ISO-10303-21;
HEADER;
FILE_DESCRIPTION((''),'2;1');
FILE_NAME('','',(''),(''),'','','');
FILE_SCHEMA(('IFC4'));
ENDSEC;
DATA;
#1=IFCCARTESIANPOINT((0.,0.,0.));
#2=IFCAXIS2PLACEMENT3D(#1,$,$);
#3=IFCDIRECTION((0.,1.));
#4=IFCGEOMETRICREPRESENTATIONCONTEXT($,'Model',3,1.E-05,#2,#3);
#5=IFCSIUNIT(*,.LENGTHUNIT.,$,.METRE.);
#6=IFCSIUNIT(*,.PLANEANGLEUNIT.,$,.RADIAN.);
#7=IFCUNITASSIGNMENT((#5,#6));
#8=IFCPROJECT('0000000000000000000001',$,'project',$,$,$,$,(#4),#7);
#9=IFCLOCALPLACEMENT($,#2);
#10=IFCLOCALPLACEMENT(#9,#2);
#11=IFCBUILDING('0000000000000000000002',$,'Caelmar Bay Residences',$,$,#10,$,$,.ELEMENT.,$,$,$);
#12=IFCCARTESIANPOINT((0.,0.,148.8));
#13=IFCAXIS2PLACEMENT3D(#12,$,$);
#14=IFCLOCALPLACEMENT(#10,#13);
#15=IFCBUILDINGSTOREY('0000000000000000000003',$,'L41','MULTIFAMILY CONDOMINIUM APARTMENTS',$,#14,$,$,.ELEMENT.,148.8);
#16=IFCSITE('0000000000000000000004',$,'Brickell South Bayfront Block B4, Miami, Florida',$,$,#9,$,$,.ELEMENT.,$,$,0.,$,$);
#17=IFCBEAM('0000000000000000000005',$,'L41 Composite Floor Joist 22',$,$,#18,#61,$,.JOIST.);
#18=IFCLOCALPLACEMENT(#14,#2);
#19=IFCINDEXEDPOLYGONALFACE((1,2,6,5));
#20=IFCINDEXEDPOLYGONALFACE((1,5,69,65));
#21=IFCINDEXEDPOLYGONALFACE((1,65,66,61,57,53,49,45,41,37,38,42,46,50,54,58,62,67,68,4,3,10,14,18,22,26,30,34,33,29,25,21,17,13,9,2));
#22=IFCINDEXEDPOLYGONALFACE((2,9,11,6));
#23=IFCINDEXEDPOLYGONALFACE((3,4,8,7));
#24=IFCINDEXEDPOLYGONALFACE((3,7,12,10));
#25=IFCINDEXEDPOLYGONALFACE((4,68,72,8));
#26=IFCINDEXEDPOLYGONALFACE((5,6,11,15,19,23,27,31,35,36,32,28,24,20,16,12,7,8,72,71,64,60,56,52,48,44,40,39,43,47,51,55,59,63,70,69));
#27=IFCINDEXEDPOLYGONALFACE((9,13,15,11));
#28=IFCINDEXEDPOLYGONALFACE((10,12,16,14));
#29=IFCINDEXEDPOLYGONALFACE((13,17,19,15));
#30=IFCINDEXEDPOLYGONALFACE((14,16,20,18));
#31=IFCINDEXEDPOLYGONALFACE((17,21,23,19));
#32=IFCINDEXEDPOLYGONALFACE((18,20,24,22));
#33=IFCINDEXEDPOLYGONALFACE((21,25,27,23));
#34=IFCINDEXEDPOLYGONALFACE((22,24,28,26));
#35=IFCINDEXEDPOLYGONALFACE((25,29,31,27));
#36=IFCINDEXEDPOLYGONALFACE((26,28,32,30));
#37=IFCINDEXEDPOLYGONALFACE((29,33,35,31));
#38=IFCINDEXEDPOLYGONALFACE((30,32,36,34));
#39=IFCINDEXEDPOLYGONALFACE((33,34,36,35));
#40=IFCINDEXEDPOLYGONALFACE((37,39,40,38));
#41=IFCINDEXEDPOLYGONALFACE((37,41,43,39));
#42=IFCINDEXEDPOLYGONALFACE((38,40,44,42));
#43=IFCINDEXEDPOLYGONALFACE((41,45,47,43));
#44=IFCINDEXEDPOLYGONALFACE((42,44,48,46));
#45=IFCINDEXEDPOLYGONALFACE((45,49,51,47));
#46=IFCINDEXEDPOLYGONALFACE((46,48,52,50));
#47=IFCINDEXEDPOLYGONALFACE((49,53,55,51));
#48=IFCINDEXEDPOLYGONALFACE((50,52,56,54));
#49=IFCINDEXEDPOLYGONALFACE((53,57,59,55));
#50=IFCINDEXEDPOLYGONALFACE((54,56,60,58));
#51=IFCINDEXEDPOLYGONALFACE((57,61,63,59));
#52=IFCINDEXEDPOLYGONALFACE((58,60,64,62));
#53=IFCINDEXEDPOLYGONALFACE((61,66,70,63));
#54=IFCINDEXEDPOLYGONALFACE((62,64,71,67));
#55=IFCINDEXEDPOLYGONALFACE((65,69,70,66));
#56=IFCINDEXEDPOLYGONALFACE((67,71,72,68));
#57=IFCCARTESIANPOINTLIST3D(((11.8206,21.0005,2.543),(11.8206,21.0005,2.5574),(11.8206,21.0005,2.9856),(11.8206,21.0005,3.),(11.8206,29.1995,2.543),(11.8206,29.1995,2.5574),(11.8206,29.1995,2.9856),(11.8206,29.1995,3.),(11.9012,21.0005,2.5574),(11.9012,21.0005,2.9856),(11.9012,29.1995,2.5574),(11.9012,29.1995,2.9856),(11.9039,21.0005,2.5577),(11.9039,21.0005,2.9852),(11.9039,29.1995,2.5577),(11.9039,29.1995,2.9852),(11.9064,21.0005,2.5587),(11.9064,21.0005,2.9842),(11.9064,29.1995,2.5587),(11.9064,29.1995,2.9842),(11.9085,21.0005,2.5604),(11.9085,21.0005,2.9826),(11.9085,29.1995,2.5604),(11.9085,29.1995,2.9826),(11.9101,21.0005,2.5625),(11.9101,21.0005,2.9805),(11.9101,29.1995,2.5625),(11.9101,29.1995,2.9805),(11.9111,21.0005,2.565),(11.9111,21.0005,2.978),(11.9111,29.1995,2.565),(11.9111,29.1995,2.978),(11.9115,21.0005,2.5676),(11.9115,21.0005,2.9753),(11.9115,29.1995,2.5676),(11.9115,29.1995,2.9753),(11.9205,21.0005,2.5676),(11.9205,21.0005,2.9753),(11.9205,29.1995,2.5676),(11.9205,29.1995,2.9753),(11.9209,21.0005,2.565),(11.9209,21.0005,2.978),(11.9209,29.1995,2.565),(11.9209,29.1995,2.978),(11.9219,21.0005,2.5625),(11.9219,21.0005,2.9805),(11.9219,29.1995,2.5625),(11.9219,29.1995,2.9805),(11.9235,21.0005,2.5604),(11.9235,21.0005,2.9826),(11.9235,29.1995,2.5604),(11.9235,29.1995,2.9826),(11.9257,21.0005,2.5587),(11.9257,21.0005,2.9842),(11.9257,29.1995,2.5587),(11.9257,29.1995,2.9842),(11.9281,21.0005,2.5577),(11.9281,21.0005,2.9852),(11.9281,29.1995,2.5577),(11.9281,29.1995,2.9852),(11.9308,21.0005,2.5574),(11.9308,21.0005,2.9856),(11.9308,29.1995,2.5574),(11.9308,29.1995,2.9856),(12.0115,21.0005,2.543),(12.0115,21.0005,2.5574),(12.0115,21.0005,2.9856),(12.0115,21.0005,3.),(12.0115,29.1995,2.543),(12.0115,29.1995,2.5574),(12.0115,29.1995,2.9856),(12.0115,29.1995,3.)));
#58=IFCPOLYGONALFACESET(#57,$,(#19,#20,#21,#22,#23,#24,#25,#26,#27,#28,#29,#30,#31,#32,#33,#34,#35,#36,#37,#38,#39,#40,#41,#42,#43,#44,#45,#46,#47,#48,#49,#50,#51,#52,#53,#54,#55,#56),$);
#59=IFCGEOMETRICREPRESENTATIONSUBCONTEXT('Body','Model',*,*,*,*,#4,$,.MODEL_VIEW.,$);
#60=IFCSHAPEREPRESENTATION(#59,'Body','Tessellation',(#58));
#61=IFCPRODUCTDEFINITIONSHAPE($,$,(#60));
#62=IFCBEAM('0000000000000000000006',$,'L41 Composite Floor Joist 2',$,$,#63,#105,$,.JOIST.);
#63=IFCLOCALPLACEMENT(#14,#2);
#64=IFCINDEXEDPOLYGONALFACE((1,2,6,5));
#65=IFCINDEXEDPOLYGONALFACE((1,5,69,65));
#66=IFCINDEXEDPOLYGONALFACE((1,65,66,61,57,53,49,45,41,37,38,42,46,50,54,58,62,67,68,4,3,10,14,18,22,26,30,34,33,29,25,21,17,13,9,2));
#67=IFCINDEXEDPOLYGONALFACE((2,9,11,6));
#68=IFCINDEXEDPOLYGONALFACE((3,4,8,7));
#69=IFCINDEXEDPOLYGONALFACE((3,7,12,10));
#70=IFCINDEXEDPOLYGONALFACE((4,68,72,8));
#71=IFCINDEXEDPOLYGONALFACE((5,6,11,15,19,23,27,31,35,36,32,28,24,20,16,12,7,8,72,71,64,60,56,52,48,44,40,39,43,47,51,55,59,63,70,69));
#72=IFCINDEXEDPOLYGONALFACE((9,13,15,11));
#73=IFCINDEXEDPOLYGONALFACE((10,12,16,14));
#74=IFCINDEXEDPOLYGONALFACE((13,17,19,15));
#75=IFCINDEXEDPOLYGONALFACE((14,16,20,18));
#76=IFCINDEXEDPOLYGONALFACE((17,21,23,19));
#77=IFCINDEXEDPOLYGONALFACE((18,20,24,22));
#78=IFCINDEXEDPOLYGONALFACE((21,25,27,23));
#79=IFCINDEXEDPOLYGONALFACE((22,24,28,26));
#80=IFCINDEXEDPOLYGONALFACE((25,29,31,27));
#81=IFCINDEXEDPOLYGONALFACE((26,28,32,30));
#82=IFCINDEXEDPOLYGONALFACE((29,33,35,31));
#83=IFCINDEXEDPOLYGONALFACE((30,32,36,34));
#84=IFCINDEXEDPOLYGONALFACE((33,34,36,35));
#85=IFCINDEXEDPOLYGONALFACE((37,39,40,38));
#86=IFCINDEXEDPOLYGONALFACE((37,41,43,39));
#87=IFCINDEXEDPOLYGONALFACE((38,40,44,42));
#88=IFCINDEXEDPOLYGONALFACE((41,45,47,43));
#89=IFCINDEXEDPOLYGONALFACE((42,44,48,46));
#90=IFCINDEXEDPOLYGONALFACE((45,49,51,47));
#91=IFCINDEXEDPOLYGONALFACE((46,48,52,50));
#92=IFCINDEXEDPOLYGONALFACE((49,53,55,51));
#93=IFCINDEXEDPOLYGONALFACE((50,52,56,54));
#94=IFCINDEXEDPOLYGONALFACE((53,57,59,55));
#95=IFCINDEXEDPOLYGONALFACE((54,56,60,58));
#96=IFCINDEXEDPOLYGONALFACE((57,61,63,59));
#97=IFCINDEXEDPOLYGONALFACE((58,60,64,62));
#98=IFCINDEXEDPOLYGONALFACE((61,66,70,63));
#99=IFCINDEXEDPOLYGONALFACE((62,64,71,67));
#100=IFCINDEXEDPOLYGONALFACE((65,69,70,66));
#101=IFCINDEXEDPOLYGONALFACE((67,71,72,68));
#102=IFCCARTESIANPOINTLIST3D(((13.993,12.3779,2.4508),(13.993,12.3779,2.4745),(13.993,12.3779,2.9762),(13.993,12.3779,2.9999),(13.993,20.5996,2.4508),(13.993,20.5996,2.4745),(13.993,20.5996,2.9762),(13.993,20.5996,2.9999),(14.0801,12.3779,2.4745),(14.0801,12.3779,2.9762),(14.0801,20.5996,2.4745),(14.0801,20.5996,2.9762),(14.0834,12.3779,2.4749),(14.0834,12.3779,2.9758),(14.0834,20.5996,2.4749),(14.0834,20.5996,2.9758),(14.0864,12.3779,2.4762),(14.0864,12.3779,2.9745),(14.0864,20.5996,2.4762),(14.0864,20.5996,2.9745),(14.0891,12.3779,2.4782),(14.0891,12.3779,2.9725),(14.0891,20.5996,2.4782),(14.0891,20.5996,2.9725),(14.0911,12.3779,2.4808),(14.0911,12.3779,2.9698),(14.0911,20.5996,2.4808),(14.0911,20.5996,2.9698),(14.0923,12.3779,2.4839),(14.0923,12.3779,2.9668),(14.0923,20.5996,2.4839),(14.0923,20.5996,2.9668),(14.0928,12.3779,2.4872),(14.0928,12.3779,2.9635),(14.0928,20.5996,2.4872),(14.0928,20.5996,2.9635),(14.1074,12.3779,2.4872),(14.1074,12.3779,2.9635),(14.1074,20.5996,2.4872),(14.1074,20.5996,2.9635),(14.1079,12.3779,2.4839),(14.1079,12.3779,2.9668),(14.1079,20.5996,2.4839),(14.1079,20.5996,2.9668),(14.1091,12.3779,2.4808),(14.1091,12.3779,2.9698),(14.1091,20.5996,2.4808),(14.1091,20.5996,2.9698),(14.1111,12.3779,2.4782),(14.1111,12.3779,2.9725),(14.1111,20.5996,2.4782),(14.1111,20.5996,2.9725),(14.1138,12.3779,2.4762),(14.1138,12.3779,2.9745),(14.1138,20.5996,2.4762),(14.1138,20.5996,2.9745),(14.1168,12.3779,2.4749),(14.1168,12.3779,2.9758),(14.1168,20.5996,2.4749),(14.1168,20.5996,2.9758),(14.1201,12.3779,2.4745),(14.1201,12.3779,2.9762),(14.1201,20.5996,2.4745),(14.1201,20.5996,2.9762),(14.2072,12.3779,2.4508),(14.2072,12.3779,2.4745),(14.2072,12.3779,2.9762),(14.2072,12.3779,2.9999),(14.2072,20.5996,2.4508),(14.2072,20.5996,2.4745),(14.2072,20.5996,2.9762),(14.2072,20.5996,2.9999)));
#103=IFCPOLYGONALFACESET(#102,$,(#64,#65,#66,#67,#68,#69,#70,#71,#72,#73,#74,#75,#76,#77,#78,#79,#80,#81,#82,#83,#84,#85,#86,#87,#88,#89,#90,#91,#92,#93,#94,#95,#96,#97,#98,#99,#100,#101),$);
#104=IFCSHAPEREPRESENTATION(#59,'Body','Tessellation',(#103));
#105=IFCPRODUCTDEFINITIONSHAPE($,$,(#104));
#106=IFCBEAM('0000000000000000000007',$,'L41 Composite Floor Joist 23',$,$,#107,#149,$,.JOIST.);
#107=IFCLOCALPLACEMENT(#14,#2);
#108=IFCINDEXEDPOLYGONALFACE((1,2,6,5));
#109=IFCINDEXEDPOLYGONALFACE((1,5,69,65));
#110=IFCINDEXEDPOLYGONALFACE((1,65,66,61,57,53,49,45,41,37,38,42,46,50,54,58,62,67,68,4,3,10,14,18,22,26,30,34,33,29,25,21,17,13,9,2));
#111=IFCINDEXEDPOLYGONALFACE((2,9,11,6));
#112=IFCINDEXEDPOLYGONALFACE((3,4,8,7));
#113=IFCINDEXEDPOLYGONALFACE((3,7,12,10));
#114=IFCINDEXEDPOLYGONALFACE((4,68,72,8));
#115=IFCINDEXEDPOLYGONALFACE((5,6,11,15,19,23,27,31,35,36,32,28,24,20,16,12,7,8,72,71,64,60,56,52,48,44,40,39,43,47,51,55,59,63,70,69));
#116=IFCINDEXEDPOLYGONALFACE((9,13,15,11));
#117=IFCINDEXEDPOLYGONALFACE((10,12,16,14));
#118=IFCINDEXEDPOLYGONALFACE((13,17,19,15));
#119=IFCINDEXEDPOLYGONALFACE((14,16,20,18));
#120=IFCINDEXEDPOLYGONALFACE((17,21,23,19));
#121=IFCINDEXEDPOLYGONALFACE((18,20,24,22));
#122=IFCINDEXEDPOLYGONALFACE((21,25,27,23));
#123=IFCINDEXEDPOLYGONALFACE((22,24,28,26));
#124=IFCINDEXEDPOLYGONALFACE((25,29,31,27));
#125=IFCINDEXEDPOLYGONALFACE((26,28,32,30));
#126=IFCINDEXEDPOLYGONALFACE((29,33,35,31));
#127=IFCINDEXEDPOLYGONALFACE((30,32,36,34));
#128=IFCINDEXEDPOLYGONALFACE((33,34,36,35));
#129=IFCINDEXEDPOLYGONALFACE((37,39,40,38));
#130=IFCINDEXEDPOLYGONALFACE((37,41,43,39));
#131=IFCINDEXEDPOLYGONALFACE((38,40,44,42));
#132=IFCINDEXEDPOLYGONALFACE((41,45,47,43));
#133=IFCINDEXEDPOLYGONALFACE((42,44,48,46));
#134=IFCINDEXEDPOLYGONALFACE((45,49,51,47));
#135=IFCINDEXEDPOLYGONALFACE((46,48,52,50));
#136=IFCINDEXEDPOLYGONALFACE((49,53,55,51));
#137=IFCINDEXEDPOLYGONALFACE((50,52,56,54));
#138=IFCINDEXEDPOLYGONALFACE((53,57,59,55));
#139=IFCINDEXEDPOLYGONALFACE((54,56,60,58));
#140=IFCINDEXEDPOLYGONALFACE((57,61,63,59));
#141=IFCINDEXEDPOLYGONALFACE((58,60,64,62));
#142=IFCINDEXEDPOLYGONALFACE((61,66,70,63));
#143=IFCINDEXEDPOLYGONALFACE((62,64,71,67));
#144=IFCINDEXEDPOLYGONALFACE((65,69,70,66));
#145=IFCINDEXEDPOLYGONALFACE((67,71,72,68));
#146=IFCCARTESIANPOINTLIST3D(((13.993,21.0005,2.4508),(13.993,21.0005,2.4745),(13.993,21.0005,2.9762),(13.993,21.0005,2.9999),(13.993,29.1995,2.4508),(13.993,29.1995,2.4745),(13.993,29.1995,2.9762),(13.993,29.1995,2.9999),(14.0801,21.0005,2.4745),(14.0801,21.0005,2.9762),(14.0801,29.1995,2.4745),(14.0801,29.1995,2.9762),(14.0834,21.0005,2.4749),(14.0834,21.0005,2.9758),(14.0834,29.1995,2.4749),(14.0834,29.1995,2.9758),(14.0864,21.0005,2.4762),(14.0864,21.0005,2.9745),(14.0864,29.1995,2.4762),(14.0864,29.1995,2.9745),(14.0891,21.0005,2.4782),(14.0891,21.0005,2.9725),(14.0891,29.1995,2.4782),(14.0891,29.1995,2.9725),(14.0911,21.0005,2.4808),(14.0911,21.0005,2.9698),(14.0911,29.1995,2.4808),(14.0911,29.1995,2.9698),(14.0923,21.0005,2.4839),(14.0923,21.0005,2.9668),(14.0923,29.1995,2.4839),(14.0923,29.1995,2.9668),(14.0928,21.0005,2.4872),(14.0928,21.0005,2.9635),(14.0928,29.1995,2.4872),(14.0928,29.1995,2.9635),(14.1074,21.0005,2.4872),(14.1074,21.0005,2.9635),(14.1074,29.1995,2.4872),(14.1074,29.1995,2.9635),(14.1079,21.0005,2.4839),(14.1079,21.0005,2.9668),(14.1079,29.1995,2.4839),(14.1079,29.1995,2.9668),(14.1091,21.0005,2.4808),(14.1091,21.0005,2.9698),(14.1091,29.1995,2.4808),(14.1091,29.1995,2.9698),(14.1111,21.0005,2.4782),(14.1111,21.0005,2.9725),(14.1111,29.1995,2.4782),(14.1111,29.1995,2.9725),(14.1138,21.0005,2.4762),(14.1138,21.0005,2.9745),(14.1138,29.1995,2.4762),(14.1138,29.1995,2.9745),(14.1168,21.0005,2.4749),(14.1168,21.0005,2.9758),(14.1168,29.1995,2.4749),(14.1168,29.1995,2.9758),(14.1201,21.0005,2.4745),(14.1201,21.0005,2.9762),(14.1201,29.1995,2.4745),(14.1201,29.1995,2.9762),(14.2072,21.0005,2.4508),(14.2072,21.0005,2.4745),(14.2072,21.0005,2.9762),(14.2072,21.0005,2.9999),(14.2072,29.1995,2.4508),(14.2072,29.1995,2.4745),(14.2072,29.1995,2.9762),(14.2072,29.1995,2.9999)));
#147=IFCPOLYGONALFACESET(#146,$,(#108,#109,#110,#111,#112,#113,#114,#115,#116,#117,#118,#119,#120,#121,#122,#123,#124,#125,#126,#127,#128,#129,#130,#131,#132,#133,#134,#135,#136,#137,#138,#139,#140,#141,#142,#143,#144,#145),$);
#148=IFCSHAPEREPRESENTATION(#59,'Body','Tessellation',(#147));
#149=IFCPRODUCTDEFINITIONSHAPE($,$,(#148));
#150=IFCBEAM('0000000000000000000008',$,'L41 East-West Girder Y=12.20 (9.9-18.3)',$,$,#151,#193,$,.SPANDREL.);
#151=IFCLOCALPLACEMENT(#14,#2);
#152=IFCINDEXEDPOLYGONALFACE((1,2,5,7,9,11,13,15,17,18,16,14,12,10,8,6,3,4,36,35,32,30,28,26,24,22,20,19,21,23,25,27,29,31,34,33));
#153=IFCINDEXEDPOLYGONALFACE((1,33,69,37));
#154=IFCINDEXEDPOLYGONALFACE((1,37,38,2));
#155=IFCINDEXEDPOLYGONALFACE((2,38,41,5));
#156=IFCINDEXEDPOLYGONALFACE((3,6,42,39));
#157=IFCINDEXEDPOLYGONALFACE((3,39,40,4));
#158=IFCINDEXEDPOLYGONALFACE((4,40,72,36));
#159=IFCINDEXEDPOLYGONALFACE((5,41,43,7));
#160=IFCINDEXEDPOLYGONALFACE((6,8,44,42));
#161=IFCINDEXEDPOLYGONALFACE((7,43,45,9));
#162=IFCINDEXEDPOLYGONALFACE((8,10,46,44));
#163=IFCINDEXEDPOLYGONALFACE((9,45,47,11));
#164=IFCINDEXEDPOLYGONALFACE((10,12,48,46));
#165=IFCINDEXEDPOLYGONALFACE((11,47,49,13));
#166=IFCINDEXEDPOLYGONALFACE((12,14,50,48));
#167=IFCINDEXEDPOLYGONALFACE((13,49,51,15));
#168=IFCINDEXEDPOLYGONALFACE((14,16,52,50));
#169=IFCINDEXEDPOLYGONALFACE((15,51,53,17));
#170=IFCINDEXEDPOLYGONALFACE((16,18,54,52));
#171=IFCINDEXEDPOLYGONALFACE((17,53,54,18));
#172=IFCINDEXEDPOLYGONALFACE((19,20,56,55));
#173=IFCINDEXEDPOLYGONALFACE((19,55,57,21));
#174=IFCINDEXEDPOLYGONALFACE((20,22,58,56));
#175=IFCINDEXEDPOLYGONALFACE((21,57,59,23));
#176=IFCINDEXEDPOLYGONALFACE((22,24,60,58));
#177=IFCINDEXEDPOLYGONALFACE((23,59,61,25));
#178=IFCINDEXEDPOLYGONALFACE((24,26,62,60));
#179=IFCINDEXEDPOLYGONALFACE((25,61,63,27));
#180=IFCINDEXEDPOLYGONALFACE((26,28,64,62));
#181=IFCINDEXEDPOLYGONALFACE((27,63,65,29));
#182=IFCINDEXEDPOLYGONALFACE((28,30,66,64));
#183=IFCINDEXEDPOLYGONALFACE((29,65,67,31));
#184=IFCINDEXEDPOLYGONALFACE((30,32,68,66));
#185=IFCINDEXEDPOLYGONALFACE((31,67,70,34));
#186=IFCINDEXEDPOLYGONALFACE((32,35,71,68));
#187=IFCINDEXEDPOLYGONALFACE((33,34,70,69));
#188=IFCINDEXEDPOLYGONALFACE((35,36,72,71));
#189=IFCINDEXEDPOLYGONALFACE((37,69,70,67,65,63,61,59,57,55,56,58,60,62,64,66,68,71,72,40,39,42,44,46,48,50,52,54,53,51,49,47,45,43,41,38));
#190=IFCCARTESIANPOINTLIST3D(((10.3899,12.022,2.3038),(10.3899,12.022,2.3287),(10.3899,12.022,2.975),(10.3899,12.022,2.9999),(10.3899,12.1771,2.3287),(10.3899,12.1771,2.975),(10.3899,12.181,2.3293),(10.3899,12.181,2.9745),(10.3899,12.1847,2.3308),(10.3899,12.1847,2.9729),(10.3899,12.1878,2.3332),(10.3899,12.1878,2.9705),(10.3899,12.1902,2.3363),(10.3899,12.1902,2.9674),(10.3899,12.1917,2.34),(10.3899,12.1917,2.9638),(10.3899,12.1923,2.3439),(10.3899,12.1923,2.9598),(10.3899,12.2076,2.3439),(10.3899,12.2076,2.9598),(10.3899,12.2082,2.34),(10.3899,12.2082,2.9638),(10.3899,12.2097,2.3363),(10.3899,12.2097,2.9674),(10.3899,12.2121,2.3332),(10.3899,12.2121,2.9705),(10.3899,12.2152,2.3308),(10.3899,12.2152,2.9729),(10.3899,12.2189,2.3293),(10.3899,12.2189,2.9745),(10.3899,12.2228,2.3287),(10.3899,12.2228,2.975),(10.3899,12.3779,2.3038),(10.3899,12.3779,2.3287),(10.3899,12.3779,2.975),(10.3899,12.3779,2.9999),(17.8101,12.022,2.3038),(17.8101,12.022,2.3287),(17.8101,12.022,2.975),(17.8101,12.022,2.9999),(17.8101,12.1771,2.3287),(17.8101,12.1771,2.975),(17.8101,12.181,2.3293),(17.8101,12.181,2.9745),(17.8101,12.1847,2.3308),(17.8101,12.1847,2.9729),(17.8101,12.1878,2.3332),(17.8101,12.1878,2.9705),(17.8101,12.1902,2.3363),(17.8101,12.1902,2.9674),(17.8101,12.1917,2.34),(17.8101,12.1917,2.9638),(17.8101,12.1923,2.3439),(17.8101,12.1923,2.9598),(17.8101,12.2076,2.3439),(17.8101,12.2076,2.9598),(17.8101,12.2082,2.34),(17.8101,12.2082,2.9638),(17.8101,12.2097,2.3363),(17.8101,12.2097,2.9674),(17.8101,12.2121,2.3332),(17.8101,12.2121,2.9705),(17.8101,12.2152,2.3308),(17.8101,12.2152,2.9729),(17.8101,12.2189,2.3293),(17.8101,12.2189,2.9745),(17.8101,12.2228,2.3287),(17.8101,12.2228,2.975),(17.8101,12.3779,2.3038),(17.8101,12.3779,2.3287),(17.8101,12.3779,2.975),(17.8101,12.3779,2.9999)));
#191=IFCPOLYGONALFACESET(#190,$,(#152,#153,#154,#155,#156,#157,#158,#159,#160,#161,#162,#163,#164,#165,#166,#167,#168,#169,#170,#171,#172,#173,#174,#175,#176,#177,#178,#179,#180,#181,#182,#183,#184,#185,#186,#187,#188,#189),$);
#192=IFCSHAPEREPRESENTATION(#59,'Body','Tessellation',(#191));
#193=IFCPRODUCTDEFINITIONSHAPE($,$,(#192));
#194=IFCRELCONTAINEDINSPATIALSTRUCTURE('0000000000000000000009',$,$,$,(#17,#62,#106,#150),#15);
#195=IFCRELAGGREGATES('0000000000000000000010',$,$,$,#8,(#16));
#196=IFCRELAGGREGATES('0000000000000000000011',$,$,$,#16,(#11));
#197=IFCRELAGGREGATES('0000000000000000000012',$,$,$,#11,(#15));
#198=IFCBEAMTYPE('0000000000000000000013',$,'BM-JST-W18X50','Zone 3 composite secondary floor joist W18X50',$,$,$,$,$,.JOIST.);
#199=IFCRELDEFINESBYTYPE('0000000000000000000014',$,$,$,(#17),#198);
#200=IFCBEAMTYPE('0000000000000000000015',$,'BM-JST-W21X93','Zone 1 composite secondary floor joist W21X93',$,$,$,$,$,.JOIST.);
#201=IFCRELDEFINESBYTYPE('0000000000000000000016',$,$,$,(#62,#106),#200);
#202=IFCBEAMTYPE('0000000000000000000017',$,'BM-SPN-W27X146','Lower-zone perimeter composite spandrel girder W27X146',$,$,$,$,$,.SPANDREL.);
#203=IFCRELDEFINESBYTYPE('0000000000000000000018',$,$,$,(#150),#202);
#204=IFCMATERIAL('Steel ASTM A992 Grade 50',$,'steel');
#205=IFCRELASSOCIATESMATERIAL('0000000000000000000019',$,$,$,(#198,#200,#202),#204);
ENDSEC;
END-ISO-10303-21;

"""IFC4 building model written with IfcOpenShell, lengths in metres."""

from ifc_helpers import new_model, si_unit, direction, frame, origin, origin_2d, place, context, subcontext, project, spatial, i_section, extrude, material, material_profile, profile_set, type_object, element, save


model = new_model("IFC4")

# Units and contexts
model_context = context("Model", 3, precision=1e-05, world=origin(), true_north=direction((0.0, 1.0)))
body_context = subcontext(model_context, "Body", "Model", "MODEL_VIEW")
ifc_project = project(units=[si_unit("LENGTHUNIT", "METRE"), si_unit("PLANEANGLEUNIT", "RADIAN")], contexts=[model_context])

# Site, building, storey
site_placement = place(None, origin())
site = spatial("IfcSite", under=ifc_project, at=site_placement, Name="Brickell South Bayfront Block B4, Miami, Florida", CompositionType="ELEMENT", RefElevation=0.0)
building_placement = place(site_placement, origin())
building = spatial("IfcBuilding", under=site, at=building_placement, Name="Caelmar Bay Residences", CompositionType="ELEMENT")
storey_placement = place(building_placement, frame((0.0, 0.0, 148.8)))
storey = spatial("IfcBuildingStorey", under=building, at=storey_placement, Name="L41", Description="MULTIFAMILY CONDOMINIUM APARTMENTS", CompositionType="ELEMENT", Elevation=148.8)

# Beams
ifc_material_1 = material(Name="Steel ASTM A992 Grade 50", Category="steel")
ifc_material_profile_1 = material_profile(ifc_material_1, i_section(OverallWidth=0.1909, OverallDepth=0.457, WebThickness=0.009, FlangeThickness=0.0144, FilletRadius=0.0103, at=origin_2d()), Name="W18X50")
ifc_profile_set_1 = profile_set([ifc_material_profile_1], Name="Steel ASTM A992 Grade 50")
beam_type_1 = type_object("IfcBeamType", Name="BM-JST-W18X50", Description="Zone 3 composite secondary floor joist W18X50", PredefinedType="JOIST", material=ifc_profile_set_1)
beam_1_placement = place(storey_placement, frame((11.916, 21.0005, 2.7715), z_axis=(0.0, 1.0, 0.0), x_axis=(-1.0, 0.0, 0.0)))
element("IfcBeam", 1, at=beam_1_placement, inside=storey, type_object=beam_type_1, Name="L41 Composite Floor Joist 22", PredefinedType="JOIST", context=body_context, shape_type="SweptSolid", body=[
    extrude(i_section(OverallWidth=0.1909, OverallDepth=0.457, WebThickness=0.009, FlangeThickness=0.0144, FilletRadius=0.0103, at=origin_2d()), origin(), (0.0, 0.0, 1.0), 8.199),
])
ifc_material_profile_2 = material_profile(ifc_material_1, i_section(OverallWidth=0.2141, OverallDepth=0.5491, WebThickness=0.0146, FlangeThickness=0.0237, FilletRadius=0.0127, at=origin_2d()), Name="W21X93")
ifc_profile_set_2 = profile_set([ifc_material_profile_2], Name="Steel ASTM A992 Grade 50")
beam_type_2 = type_object("IfcBeamType", Name="BM-JST-W21X93", Description="Zone 1 composite secondary floor joist W21X93", PredefinedType="JOIST", material=ifc_profile_set_2)
beam_2_placement = place(storey_placement, frame((14.1001, 12.3779, 2.7253), z_axis=(0.0, 1.0, 0.0), x_axis=(-1.0, 0.0, 0.0)))
element("IfcBeam", 2, at=beam_2_placement, inside=storey, type_object=beam_type_2, Name="L41 Composite Floor Joist 2", PredefinedType="JOIST", context=body_context, shape_type="SweptSolid", body=[
    extrude(i_section(OverallWidth=0.2141, OverallDepth=0.5491, WebThickness=0.0146, FlangeThickness=0.0237, FilletRadius=0.0127, at=origin_2d()), origin(), (0.0, 0.0, 1.0), 8.2217),
])
beam_3_placement = place(storey_placement, frame((14.1001, 21.0005, 2.7253), z_axis=(0.0, 1.0, 0.0), x_axis=(-1.0, 0.0, 0.0)))
element("IfcBeam", 3, at=beam_3_placement, inside=storey, type_object=beam_type_2, Name="L41 Composite Floor Joist 23", PredefinedType="JOIST", context=body_context, shape_type="SweptSolid", body=[
    extrude(i_section(OverallWidth=0.2141, OverallDepth=0.5491, WebThickness=0.0146, FlangeThickness=0.0237, FilletRadius=0.0127, at=origin_2d()), origin(), (0.0, 0.0, 1.0), 8.199),
])
ifc_material_profile_3 = material_profile(ifc_material_1, i_section(OverallWidth=0.356, OverallDepth=0.696, WebThickness=0.0154, FlangeThickness=0.0249, FilletRadius=0.0151, at=origin_2d()), Name="W27X146")
ifc_profile_set_3 = profile_set([ifc_material_profile_3], Name="Steel ASTM A992 Grade 50")
beam_type_3 = type_object("IfcBeamType", Name="BM-SPN-W27X146", Description="Lower-zone perimeter composite spandrel girder W27X146", PredefinedType="SPANDREL", material=ifc_profile_set_3)
beam_4_placement = place(storey_placement, frame((10.3899, 12.2, 2.6519), z_axis=(1.0, 0.0, 0.0), x_axis=(0.0, 1.0, 0.0)))
element("IfcBeam", 4, at=beam_4_placement, inside=storey, type_object=beam_type_3, Name="L41 East-West Girder Y=12.20 (9.9-18.3)", PredefinedType="SPANDREL", context=body_context, shape_type="SweptSolid", body=[
    extrude(i_section(OverallWidth=0.356, OverallDepth=0.696, WebThickness=0.0154, FlangeThickness=0.0249, FilletRadius=0.0151, at=origin_2d()), origin(), (0.0, 0.0, 1.0), 7.4202),
])

save(model, "model.ifc")
